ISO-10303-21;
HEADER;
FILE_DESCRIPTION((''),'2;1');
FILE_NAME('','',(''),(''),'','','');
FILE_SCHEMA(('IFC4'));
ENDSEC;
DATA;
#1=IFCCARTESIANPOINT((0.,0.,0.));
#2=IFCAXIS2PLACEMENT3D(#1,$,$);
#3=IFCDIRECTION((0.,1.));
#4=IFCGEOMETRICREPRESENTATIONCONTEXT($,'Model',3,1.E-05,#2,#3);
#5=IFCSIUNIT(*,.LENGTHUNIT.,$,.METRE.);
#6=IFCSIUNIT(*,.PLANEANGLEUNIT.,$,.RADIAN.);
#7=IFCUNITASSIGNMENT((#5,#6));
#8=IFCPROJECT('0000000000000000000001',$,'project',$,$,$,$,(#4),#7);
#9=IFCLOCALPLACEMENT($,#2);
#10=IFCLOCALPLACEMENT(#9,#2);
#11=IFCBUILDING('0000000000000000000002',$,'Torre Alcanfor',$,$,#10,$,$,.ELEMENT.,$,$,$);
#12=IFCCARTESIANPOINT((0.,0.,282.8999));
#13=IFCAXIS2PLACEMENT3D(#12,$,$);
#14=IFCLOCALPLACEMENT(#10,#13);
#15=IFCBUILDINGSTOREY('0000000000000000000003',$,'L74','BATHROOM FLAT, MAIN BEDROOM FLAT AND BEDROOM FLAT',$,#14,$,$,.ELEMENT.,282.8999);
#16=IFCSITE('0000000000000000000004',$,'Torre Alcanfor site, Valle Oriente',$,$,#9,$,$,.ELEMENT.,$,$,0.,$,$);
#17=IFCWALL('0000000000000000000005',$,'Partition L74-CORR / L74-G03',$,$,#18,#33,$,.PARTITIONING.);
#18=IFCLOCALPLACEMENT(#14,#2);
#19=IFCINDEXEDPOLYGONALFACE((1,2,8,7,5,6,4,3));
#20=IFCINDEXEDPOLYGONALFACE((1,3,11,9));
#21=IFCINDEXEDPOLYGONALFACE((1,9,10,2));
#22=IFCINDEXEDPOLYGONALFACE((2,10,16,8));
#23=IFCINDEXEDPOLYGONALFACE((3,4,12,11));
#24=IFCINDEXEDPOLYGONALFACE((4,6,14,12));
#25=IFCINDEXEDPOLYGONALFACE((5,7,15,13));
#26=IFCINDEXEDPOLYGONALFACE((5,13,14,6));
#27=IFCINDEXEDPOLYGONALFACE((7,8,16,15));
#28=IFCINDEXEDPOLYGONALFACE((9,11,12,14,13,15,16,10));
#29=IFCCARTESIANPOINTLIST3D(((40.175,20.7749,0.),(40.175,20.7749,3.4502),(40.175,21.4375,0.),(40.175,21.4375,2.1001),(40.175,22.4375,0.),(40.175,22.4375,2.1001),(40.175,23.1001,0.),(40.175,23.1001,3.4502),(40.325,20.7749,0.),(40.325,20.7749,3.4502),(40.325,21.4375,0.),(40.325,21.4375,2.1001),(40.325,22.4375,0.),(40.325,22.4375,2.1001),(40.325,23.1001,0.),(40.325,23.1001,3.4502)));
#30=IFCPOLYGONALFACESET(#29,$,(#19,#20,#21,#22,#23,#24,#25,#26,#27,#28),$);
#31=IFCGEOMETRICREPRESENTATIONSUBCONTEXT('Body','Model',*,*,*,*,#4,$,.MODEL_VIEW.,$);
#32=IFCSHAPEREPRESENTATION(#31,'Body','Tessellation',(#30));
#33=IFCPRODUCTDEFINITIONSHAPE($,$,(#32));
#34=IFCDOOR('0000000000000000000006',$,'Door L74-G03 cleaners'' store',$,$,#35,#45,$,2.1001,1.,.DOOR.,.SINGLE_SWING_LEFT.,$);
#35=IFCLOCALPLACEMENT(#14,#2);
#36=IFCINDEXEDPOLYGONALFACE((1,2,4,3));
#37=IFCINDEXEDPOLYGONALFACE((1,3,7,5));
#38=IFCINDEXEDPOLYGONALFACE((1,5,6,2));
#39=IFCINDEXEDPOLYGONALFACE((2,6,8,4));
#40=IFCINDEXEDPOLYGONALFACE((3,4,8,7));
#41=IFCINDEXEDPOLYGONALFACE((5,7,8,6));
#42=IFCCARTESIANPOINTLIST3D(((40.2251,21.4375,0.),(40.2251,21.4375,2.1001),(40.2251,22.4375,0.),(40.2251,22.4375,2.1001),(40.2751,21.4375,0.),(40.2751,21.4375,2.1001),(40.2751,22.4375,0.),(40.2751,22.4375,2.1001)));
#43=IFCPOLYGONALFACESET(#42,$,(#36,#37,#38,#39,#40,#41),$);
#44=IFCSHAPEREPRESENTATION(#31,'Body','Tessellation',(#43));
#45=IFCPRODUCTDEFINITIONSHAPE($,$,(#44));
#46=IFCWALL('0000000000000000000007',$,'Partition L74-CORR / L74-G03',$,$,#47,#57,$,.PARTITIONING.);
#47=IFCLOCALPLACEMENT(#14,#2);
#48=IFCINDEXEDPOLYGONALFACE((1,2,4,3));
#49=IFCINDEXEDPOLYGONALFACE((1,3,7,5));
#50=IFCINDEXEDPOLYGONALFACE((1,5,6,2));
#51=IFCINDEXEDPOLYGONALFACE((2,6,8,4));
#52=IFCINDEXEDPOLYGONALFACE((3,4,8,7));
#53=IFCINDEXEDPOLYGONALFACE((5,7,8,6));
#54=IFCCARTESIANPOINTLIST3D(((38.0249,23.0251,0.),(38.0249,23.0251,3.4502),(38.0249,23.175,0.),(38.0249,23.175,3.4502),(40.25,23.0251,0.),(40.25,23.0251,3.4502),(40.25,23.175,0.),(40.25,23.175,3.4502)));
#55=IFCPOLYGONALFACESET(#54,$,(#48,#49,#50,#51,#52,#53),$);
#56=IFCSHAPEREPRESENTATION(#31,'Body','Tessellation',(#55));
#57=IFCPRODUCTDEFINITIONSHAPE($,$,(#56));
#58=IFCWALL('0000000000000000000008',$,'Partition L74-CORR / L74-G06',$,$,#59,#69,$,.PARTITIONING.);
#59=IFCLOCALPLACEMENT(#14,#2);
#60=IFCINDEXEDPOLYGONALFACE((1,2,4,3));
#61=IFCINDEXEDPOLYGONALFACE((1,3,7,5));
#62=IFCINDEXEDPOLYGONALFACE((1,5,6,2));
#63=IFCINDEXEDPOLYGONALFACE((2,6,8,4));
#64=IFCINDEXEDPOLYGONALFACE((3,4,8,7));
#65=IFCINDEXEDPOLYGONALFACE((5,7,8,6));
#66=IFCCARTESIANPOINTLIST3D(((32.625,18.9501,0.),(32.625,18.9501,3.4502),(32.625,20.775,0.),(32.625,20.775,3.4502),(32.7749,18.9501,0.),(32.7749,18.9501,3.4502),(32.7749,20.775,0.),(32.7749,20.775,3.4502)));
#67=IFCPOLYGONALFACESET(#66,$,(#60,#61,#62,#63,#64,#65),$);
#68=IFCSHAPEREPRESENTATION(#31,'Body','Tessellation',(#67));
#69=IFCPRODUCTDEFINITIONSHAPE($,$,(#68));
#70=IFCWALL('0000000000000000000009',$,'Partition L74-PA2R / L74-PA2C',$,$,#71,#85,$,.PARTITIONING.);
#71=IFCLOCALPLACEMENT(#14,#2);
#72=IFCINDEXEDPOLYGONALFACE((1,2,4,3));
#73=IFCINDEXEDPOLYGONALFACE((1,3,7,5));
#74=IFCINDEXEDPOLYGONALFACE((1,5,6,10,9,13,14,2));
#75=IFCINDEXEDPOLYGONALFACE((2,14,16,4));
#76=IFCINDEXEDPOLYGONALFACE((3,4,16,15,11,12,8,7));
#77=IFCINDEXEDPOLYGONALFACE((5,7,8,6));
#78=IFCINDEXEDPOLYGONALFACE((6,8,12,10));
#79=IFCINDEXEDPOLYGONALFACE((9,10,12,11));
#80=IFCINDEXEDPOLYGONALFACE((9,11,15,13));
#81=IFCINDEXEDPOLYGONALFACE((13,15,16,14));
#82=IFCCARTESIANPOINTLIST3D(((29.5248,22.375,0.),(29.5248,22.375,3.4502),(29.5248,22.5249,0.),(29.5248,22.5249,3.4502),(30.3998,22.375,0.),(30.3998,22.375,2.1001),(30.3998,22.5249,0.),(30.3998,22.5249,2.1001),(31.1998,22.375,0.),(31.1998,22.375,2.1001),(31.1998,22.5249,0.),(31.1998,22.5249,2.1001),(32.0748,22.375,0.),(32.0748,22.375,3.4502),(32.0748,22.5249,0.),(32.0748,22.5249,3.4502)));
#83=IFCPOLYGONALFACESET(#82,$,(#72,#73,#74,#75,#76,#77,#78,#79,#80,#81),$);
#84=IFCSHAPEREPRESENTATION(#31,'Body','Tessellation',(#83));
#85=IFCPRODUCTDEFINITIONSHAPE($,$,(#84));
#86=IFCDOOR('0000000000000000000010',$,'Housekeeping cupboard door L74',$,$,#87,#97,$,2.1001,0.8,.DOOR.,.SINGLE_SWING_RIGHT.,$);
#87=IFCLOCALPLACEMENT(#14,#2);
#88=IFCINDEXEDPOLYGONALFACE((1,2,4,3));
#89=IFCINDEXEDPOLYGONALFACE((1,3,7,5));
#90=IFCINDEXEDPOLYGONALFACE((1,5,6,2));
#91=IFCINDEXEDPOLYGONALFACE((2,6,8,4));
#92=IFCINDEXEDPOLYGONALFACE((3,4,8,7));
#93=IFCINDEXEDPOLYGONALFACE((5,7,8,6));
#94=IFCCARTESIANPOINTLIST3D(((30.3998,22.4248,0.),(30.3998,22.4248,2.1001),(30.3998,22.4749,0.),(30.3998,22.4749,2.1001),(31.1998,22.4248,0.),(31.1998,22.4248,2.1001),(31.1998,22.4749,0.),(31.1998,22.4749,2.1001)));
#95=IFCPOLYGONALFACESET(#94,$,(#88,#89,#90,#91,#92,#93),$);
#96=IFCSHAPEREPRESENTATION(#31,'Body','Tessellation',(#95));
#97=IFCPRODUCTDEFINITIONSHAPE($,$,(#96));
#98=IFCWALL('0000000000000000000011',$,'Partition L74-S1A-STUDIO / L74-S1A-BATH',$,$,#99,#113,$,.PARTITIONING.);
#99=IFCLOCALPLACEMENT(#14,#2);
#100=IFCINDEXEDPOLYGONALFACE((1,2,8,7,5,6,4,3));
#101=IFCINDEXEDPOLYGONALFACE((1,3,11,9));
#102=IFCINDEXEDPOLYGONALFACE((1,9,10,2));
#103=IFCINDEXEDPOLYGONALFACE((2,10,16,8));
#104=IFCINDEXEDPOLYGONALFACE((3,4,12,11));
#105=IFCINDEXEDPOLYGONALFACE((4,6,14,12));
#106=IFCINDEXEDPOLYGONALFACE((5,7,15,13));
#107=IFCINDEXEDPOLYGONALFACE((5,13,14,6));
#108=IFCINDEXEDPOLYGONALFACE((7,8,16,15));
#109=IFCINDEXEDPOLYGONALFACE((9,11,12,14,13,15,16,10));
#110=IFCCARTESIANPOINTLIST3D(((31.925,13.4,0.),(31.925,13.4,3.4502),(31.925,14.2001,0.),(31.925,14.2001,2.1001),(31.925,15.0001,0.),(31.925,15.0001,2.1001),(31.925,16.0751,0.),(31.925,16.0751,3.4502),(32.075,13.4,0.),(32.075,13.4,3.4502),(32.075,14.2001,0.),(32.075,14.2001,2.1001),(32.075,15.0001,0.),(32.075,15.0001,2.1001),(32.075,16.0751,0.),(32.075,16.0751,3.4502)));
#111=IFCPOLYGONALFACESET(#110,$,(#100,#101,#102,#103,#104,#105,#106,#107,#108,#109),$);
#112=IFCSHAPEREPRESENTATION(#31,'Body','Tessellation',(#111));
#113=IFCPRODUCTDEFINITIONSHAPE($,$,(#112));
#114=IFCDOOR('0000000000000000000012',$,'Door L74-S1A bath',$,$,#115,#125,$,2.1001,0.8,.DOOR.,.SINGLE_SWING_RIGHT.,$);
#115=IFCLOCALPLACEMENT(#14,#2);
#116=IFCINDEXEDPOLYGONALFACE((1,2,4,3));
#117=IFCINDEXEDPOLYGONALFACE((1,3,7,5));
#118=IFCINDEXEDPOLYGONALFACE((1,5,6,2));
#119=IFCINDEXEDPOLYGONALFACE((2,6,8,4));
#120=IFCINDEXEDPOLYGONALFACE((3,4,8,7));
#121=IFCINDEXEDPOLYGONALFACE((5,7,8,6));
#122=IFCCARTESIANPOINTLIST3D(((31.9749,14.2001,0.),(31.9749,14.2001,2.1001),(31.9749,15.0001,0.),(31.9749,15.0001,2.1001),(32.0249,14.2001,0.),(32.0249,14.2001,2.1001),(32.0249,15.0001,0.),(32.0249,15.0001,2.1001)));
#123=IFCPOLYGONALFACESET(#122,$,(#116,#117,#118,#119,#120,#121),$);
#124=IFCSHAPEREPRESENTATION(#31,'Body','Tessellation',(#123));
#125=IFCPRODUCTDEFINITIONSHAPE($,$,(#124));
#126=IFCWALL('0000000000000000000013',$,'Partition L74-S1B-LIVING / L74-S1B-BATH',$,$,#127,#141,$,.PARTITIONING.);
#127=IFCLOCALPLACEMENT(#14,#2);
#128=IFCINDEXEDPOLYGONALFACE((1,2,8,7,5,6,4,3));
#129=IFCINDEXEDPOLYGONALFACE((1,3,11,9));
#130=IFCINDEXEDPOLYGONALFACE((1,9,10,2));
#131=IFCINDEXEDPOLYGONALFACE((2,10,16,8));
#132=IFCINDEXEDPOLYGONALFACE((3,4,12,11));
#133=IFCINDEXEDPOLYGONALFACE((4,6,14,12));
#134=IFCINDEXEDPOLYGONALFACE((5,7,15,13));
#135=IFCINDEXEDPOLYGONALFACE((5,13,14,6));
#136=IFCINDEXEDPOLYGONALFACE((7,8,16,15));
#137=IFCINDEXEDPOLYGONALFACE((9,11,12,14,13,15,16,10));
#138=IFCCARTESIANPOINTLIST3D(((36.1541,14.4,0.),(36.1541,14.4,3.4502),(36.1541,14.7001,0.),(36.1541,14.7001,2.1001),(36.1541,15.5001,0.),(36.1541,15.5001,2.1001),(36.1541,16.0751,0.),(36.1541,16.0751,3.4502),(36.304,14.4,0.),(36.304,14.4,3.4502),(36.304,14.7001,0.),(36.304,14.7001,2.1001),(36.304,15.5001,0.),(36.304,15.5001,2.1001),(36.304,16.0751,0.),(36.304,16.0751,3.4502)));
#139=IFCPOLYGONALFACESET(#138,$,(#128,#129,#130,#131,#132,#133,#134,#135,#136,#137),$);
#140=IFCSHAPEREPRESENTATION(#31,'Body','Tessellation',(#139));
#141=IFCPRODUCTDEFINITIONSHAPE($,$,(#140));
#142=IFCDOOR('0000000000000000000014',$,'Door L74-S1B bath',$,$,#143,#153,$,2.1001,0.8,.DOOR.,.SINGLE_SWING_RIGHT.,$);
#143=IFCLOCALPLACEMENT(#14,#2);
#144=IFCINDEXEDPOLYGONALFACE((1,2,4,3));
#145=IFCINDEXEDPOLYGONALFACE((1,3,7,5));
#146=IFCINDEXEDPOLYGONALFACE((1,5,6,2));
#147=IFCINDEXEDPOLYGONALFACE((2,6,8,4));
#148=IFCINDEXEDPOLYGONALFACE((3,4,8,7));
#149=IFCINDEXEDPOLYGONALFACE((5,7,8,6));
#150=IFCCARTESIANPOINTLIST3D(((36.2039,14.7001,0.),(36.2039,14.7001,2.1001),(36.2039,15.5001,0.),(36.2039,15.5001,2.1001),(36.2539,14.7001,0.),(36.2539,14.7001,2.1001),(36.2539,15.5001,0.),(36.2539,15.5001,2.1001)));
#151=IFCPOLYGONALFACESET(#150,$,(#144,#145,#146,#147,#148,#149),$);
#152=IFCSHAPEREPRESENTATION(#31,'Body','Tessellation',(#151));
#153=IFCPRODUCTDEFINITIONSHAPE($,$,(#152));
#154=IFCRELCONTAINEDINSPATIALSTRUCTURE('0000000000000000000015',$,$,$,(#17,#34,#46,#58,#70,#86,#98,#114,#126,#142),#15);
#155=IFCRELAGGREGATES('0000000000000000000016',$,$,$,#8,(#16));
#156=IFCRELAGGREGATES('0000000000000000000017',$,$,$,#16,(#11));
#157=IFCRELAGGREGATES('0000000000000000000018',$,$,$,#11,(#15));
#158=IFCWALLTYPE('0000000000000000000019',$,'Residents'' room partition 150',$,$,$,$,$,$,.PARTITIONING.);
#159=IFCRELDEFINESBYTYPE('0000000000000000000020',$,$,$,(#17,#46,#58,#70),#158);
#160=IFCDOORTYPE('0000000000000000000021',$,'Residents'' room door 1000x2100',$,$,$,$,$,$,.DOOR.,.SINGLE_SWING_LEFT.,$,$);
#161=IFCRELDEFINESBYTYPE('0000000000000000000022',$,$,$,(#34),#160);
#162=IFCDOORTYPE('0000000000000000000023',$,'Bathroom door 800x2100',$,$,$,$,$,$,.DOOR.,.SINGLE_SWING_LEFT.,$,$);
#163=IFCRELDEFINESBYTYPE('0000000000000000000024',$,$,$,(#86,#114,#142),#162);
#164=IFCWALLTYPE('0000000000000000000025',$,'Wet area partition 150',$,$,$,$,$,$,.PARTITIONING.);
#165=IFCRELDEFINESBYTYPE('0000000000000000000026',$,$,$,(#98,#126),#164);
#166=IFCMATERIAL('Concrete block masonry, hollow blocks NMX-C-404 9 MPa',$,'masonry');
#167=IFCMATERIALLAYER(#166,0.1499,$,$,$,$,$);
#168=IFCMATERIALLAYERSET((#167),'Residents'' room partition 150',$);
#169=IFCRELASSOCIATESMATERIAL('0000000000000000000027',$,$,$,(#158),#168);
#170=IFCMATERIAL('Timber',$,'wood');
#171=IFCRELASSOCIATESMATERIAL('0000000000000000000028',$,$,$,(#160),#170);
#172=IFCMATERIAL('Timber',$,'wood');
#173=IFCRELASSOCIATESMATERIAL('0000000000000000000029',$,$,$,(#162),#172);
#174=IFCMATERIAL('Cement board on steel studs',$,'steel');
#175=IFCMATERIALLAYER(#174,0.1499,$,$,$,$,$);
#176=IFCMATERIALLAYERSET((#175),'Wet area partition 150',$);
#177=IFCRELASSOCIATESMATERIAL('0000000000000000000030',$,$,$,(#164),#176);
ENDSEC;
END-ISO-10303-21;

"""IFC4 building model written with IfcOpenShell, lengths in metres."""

from ifc_helpers import new_model, si_unit, direction, frame, frame_2d, origin, place, context, subcontext, project, spatial, rectangle, extrude, material, layer, layer_set, type_object, element, fill, save


model = new_model("IFC4")

# Units and contexts
model_context = context("Model", 3, precision=1e-05, world=origin(), true_north=direction((0.0, 1.0)))
body_context = subcontext(model_context, "Body", "Model", "MODEL_VIEW")
ifc_project = project(units=[si_unit("LENGTHUNIT", "METRE"), si_unit("PLANEANGLEUNIT", "RADIAN")], contexts=[model_context])

# Site, building, storey
site_placement = place(None, origin())
site = spatial("IfcSite", under=ifc_project, at=site_placement, Name="Torre Alcanfor site, Valle Oriente", CompositionType="ELEMENT", RefElevation=0.0)
building_placement = place(site_placement, origin())
building = spatial("IfcBuilding", under=site, at=building_placement, Name="Torre Alcanfor", CompositionType="ELEMENT")
storey_placement = place(building_placement, frame((0.0, 0.0, 282.8999)))
storey = spatial("IfcBuildingStorey", under=building, at=storey_placement, Name="L74", Description="BATHROOM FLAT, MAIN BEDROOM FLAT AND BEDROOM FLAT", CompositionType="ELEMENT", Elevation=282.8999)

# Shared definitions
ifc_material_1 = material(Name="Concrete block masonry, hollow blocks NMX-C-404 9 MPa", Category="masonry")
ifc_layer_1 = layer(ifc_material_1, 0.1499)
ifc_layer_set_1 = layer_set([ifc_layer_1], Name="Residents' room partition 150")
wall_type_1 = type_object("IfcWallType", Name="Residents' room partition 150", PredefinedType="PARTITIONING", material=ifc_layer_set_1)

# Wall, opening, door
wall_1_placement = place(storey_placement, frame((40.25, 20.7749, 0.0), z_axis=(0.0, 0.0, 1.0), x_axis=(0.0, 1.0, 0.0)))
wall_1 = element("IfcWall", 1, at=wall_1_placement, inside=storey, type_object=wall_type_1, Name="Partition L74-CORR / L74-G03", PredefinedType="PARTITIONING", context=body_context, shape_type="SweptSolid", body=[
    extrude(rectangle(XDim=2.3252, YDim=0.1499, at=frame_2d((1.1626, 0.0))), origin(), (0.0, 0.0, 1.0), 3.4502),
])
opening_1_placement = place(wall_1_placement, frame((0.6626, 0.0, 0.0)))
opening_1 = element("IfcOpeningElement", 2, at=opening_1_placement, cuts=wall_1, PredefinedType="OPENING", context=body_context, shape_type="SweptSolid", body=[
    extrude(rectangle(XDim=1.0, YDim=2.1001, at=frame_2d((0.5, 1.05))), frame((0.0, 0.085, 0.0), z_axis=(0.0, -1.0, 0.0), x_axis=(1.0, 0.0, 0.0)), (0.0, 0.0, 1.0), 0.1699),
])
ifc_material_2 = material(Name="Timber", Category="wood")
door_type_1 = type_object("IfcDoorType", Name="Residents' room door 1000x2100", OperationType="SINGLE_SWING_LEFT", PredefinedType="DOOR", material=ifc_material_2)
door_1_placement = place(opening_1_placement, origin())
door_1 = element("IfcDoor", 3, at=door_1_placement, inside=storey, type_object=door_type_1, Name="Door L74-G03 cleaners' store", OperationType="SINGLE_SWING_LEFT", OverallHeight=2.1001, OverallWidth=1.0, PredefinedType="DOOR", context=body_context, shape_type="SweptSolid", body=[
    extrude(rectangle(XDim=1.0, YDim=2.1001, at=frame_2d((0.5, 1.05))), frame((0.0, 0.0249, 0.0), z_axis=(0.0, -1.0, 0.0), x_axis=(1.0, 0.0, 0.0)), (0.0, 0.0, 1.0), 0.05),
])
fill(opening_1, door_1)

# Walls
wall_2_placement = place(storey_placement, frame((40.25, 23.1001, 0.0), z_axis=(0.0, 0.0, 1.0), x_axis=(-1.0, 0.0, 0.0)))
element("IfcWall", 4, at=wall_2_placement, inside=storey, type_object=wall_type_1, Name="Partition L74-CORR / L74-G03", PredefinedType="PARTITIONING", context=body_context, shape_type="SweptSolid", body=[
    extrude(rectangle(XDim=2.2251, YDim=0.1499, at=frame_2d((1.1125, 0.0))), origin(), (0.0, 0.0, 1.0), 3.4502),
])
wall_3_placement = place(storey_placement, frame((32.7, 18.95, 0.0), z_axis=(0.0, 0.0, 1.0), x_axis=(0.0, 1.0, 0.0)))
element("IfcWall", 5, at=wall_3_placement, inside=storey, type_object=wall_type_1, Name="Partition L74-CORR / L74-G06", PredefinedType="PARTITIONING", context=body_context, shape_type="SweptSolid", body=[
    extrude(rectangle(XDim=1.825, YDim=0.1499, at=frame_2d((0.9126, 0.0))), origin(), (0.0, 0.0, 1.0), 3.4502),
])

# Walls, openings, doors
wall_4_placement = place(storey_placement, frame((29.5249, 22.45, 0.0), z_axis=(0.0, 0.0, 1.0), x_axis=(1.0, 0.0, 0.0)))
wall_4 = element("IfcWall", 6, at=wall_4_placement, inside=storey, type_object=wall_type_1, Name="Partition L74-PA2R / L74-PA2C", PredefinedType="PARTITIONING", context=body_context, shape_type="SweptSolid", body=[
    extrude(rectangle(XDim=2.55, YDim=0.1499, at=frame_2d((1.2749, 0.0))), origin(), (0.0, 0.0, 1.0), 3.4502),
])
opening_2_placement = place(wall_4_placement, frame((0.875, 0.0, 0.0)))
opening_2 = element("IfcOpeningElement", 7, at=opening_2_placement, cuts=wall_4, PredefinedType="OPENING", context=body_context, shape_type="SweptSolid", body=[
    extrude(rectangle(XDim=0.8, YDim=2.1001, at=frame_2d((0.3999, 1.05))), frame((0.0, 0.085, 0.0), z_axis=(0.0, -1.0, 0.0), x_axis=(1.0, 0.0, 0.0)), (0.0, 0.0, 1.0), 0.1699),
])
ifc_material_3 = material(Name="Timber", Category="wood")
door_type_2 = type_object("IfcDoorType", Name="Bathroom door 800x2100", OperationType="SINGLE_SWING_LEFT", PredefinedType="DOOR", material=ifc_material_3)
door_2_placement = place(opening_2_placement, frame((0.8, 0.0, 0.0), z_axis=(0.0, 0.0, 1.0), x_axis=(-1.0, 0.0, 0.0)))
door_2 = element("IfcDoor", 8, at=door_2_placement, inside=storey, type_object=door_type_2, Name="Housekeeping cupboard door L74", OperationType="SINGLE_SWING_RIGHT", OverallHeight=2.1001, OverallWidth=0.8, PredefinedType="DOOR", context=body_context, shape_type="SweptSolid", body=[
    extrude(rectangle(XDim=0.8, YDim=2.1001, at=frame_2d((0.4001, 1.05))), frame((0.0, 0.0251, 0.0), z_axis=(0.0, -1.0, 0.0), x_axis=(1.0, 0.0, 0.0)), (0.0, 0.0, 1.0), 0.05),
])
fill(opening_2, door_2)
ifc_material_4 = material(Name="Cement board on steel studs", Category="steel")
ifc_layer_2 = layer(ifc_material_4, 0.1499)
ifc_layer_set_2 = layer_set([ifc_layer_2], Name="Wet area partition 150")
wall_type_2 = type_object("IfcWallType", Name="Wet area partition 150", PredefinedType="PARTITIONING", material=ifc_layer_set_2)
wall_5_placement = place(storey_placement, frame((32.0, 16.075, 0.0), z_axis=(0.0, 0.0, 1.0), x_axis=(0.0, -1.0, 0.0)))
wall_5 = element("IfcWall", 9, at=wall_5_placement, inside=storey, type_object=wall_type_2, Name="Partition L74-S1A-STUDIO / L74-S1A-BATH", PredefinedType="PARTITIONING", context=body_context, shape_type="SweptSolid", body=[
    extrude(rectangle(XDim=2.675, YDim=0.1499, at=frame_2d((1.3374, 0.0))), origin(), (0.0, 0.0, 1.0), 3.4502),
])
opening_3_placement = place(wall_5_placement, frame((1.075, 0.0, 0.0)))
opening_3 = element("IfcOpeningElement", 10, at=opening_3_placement, cuts=wall_5, PredefinedType="OPENING", context=body_context, shape_type="SweptSolid", body=[
    extrude(rectangle(XDim=0.8, YDim=2.1001, at=frame_2d((0.3999, 1.05))), frame((0.0, 0.085, 0.0), z_axis=(0.0, -1.0, 0.0), x_axis=(1.0, 0.0, 0.0)), (0.0, 0.0, 1.0), 0.1699),
])
door_3_placement = place(opening_3_placement, origin())
door_3 = element("IfcDoor", 11, at=door_3_placement, inside=storey, type_object=door_type_2, Name="Door L74-S1A bath", OperationType="SINGLE_SWING_RIGHT", OverallHeight=2.1001, OverallWidth=0.8, PredefinedType="DOOR", context=body_context, shape_type="SweptSolid", body=[
    extrude(rectangle(XDim=0.8, YDim=2.1001, at=frame_2d((0.3999, 1.05))), frame((0.0, 0.0249, 0.0), z_axis=(0.0, -1.0, 0.0), x_axis=(1.0, 0.0, 0.0)), (0.0, 0.0, 1.0), 0.05),
])
fill(opening_3, door_3)
wall_6_placement = place(storey_placement, frame((36.229, 16.075, 0.0), z_axis=(0.0, 0.0, 1.0), x_axis=(0.0, -1.0, 0.0)))
wall_6 = element("IfcWall", 12, at=wall_6_placement, inside=storey, type_object=wall_type_2, Name="Partition L74-S1B-LIVING / L74-S1B-BATH", PredefinedType="PARTITIONING", context=body_context, shape_type="SweptSolid", body=[
    extrude(rectangle(XDim=1.675, YDim=0.1499, at=frame_2d((0.8374, 0.0))), origin(), (0.0, 0.0, 1.0), 3.4502),
])
opening_4_placement = place(wall_6_placement, frame((0.575, 0.0, 0.0)))
opening_4 = element("IfcOpeningElement", 13, at=opening_4_placement, cuts=wall_6, PredefinedType="OPENING", context=body_context, shape_type="SweptSolid", body=[
    extrude(rectangle(XDim=0.8, YDim=2.1001, at=frame_2d((0.3999, 1.05))), frame((0.0, 0.085, 0.0), z_axis=(0.0, -1.0, 0.0), x_axis=(1.0, 0.0, 0.0)), (0.0, 0.0, 1.0), 0.1699),
])
door_4_placement = place(opening_4_placement, origin())
door_4 = element("IfcDoor", 14, at=door_4_placement, inside=storey, type_object=door_type_2, Name="Door L74-S1B bath", OperationType="SINGLE_SWING_RIGHT", OverallHeight=2.1001, OverallWidth=0.8, PredefinedType="DOOR", context=body_context, shape_type="SweptSolid", body=[
    extrude(rectangle(XDim=0.8, YDim=2.1001, at=frame_2d((0.3999, 1.05))), frame((0.0, 0.0249, 0.0), z_axis=(0.0, -1.0, 0.0), x_axis=(1.0, 0.0, 0.0)), (0.0, 0.0, 1.0), 0.05),
])
fill(opening_4, door_4)

save(model, "model.ifc")
